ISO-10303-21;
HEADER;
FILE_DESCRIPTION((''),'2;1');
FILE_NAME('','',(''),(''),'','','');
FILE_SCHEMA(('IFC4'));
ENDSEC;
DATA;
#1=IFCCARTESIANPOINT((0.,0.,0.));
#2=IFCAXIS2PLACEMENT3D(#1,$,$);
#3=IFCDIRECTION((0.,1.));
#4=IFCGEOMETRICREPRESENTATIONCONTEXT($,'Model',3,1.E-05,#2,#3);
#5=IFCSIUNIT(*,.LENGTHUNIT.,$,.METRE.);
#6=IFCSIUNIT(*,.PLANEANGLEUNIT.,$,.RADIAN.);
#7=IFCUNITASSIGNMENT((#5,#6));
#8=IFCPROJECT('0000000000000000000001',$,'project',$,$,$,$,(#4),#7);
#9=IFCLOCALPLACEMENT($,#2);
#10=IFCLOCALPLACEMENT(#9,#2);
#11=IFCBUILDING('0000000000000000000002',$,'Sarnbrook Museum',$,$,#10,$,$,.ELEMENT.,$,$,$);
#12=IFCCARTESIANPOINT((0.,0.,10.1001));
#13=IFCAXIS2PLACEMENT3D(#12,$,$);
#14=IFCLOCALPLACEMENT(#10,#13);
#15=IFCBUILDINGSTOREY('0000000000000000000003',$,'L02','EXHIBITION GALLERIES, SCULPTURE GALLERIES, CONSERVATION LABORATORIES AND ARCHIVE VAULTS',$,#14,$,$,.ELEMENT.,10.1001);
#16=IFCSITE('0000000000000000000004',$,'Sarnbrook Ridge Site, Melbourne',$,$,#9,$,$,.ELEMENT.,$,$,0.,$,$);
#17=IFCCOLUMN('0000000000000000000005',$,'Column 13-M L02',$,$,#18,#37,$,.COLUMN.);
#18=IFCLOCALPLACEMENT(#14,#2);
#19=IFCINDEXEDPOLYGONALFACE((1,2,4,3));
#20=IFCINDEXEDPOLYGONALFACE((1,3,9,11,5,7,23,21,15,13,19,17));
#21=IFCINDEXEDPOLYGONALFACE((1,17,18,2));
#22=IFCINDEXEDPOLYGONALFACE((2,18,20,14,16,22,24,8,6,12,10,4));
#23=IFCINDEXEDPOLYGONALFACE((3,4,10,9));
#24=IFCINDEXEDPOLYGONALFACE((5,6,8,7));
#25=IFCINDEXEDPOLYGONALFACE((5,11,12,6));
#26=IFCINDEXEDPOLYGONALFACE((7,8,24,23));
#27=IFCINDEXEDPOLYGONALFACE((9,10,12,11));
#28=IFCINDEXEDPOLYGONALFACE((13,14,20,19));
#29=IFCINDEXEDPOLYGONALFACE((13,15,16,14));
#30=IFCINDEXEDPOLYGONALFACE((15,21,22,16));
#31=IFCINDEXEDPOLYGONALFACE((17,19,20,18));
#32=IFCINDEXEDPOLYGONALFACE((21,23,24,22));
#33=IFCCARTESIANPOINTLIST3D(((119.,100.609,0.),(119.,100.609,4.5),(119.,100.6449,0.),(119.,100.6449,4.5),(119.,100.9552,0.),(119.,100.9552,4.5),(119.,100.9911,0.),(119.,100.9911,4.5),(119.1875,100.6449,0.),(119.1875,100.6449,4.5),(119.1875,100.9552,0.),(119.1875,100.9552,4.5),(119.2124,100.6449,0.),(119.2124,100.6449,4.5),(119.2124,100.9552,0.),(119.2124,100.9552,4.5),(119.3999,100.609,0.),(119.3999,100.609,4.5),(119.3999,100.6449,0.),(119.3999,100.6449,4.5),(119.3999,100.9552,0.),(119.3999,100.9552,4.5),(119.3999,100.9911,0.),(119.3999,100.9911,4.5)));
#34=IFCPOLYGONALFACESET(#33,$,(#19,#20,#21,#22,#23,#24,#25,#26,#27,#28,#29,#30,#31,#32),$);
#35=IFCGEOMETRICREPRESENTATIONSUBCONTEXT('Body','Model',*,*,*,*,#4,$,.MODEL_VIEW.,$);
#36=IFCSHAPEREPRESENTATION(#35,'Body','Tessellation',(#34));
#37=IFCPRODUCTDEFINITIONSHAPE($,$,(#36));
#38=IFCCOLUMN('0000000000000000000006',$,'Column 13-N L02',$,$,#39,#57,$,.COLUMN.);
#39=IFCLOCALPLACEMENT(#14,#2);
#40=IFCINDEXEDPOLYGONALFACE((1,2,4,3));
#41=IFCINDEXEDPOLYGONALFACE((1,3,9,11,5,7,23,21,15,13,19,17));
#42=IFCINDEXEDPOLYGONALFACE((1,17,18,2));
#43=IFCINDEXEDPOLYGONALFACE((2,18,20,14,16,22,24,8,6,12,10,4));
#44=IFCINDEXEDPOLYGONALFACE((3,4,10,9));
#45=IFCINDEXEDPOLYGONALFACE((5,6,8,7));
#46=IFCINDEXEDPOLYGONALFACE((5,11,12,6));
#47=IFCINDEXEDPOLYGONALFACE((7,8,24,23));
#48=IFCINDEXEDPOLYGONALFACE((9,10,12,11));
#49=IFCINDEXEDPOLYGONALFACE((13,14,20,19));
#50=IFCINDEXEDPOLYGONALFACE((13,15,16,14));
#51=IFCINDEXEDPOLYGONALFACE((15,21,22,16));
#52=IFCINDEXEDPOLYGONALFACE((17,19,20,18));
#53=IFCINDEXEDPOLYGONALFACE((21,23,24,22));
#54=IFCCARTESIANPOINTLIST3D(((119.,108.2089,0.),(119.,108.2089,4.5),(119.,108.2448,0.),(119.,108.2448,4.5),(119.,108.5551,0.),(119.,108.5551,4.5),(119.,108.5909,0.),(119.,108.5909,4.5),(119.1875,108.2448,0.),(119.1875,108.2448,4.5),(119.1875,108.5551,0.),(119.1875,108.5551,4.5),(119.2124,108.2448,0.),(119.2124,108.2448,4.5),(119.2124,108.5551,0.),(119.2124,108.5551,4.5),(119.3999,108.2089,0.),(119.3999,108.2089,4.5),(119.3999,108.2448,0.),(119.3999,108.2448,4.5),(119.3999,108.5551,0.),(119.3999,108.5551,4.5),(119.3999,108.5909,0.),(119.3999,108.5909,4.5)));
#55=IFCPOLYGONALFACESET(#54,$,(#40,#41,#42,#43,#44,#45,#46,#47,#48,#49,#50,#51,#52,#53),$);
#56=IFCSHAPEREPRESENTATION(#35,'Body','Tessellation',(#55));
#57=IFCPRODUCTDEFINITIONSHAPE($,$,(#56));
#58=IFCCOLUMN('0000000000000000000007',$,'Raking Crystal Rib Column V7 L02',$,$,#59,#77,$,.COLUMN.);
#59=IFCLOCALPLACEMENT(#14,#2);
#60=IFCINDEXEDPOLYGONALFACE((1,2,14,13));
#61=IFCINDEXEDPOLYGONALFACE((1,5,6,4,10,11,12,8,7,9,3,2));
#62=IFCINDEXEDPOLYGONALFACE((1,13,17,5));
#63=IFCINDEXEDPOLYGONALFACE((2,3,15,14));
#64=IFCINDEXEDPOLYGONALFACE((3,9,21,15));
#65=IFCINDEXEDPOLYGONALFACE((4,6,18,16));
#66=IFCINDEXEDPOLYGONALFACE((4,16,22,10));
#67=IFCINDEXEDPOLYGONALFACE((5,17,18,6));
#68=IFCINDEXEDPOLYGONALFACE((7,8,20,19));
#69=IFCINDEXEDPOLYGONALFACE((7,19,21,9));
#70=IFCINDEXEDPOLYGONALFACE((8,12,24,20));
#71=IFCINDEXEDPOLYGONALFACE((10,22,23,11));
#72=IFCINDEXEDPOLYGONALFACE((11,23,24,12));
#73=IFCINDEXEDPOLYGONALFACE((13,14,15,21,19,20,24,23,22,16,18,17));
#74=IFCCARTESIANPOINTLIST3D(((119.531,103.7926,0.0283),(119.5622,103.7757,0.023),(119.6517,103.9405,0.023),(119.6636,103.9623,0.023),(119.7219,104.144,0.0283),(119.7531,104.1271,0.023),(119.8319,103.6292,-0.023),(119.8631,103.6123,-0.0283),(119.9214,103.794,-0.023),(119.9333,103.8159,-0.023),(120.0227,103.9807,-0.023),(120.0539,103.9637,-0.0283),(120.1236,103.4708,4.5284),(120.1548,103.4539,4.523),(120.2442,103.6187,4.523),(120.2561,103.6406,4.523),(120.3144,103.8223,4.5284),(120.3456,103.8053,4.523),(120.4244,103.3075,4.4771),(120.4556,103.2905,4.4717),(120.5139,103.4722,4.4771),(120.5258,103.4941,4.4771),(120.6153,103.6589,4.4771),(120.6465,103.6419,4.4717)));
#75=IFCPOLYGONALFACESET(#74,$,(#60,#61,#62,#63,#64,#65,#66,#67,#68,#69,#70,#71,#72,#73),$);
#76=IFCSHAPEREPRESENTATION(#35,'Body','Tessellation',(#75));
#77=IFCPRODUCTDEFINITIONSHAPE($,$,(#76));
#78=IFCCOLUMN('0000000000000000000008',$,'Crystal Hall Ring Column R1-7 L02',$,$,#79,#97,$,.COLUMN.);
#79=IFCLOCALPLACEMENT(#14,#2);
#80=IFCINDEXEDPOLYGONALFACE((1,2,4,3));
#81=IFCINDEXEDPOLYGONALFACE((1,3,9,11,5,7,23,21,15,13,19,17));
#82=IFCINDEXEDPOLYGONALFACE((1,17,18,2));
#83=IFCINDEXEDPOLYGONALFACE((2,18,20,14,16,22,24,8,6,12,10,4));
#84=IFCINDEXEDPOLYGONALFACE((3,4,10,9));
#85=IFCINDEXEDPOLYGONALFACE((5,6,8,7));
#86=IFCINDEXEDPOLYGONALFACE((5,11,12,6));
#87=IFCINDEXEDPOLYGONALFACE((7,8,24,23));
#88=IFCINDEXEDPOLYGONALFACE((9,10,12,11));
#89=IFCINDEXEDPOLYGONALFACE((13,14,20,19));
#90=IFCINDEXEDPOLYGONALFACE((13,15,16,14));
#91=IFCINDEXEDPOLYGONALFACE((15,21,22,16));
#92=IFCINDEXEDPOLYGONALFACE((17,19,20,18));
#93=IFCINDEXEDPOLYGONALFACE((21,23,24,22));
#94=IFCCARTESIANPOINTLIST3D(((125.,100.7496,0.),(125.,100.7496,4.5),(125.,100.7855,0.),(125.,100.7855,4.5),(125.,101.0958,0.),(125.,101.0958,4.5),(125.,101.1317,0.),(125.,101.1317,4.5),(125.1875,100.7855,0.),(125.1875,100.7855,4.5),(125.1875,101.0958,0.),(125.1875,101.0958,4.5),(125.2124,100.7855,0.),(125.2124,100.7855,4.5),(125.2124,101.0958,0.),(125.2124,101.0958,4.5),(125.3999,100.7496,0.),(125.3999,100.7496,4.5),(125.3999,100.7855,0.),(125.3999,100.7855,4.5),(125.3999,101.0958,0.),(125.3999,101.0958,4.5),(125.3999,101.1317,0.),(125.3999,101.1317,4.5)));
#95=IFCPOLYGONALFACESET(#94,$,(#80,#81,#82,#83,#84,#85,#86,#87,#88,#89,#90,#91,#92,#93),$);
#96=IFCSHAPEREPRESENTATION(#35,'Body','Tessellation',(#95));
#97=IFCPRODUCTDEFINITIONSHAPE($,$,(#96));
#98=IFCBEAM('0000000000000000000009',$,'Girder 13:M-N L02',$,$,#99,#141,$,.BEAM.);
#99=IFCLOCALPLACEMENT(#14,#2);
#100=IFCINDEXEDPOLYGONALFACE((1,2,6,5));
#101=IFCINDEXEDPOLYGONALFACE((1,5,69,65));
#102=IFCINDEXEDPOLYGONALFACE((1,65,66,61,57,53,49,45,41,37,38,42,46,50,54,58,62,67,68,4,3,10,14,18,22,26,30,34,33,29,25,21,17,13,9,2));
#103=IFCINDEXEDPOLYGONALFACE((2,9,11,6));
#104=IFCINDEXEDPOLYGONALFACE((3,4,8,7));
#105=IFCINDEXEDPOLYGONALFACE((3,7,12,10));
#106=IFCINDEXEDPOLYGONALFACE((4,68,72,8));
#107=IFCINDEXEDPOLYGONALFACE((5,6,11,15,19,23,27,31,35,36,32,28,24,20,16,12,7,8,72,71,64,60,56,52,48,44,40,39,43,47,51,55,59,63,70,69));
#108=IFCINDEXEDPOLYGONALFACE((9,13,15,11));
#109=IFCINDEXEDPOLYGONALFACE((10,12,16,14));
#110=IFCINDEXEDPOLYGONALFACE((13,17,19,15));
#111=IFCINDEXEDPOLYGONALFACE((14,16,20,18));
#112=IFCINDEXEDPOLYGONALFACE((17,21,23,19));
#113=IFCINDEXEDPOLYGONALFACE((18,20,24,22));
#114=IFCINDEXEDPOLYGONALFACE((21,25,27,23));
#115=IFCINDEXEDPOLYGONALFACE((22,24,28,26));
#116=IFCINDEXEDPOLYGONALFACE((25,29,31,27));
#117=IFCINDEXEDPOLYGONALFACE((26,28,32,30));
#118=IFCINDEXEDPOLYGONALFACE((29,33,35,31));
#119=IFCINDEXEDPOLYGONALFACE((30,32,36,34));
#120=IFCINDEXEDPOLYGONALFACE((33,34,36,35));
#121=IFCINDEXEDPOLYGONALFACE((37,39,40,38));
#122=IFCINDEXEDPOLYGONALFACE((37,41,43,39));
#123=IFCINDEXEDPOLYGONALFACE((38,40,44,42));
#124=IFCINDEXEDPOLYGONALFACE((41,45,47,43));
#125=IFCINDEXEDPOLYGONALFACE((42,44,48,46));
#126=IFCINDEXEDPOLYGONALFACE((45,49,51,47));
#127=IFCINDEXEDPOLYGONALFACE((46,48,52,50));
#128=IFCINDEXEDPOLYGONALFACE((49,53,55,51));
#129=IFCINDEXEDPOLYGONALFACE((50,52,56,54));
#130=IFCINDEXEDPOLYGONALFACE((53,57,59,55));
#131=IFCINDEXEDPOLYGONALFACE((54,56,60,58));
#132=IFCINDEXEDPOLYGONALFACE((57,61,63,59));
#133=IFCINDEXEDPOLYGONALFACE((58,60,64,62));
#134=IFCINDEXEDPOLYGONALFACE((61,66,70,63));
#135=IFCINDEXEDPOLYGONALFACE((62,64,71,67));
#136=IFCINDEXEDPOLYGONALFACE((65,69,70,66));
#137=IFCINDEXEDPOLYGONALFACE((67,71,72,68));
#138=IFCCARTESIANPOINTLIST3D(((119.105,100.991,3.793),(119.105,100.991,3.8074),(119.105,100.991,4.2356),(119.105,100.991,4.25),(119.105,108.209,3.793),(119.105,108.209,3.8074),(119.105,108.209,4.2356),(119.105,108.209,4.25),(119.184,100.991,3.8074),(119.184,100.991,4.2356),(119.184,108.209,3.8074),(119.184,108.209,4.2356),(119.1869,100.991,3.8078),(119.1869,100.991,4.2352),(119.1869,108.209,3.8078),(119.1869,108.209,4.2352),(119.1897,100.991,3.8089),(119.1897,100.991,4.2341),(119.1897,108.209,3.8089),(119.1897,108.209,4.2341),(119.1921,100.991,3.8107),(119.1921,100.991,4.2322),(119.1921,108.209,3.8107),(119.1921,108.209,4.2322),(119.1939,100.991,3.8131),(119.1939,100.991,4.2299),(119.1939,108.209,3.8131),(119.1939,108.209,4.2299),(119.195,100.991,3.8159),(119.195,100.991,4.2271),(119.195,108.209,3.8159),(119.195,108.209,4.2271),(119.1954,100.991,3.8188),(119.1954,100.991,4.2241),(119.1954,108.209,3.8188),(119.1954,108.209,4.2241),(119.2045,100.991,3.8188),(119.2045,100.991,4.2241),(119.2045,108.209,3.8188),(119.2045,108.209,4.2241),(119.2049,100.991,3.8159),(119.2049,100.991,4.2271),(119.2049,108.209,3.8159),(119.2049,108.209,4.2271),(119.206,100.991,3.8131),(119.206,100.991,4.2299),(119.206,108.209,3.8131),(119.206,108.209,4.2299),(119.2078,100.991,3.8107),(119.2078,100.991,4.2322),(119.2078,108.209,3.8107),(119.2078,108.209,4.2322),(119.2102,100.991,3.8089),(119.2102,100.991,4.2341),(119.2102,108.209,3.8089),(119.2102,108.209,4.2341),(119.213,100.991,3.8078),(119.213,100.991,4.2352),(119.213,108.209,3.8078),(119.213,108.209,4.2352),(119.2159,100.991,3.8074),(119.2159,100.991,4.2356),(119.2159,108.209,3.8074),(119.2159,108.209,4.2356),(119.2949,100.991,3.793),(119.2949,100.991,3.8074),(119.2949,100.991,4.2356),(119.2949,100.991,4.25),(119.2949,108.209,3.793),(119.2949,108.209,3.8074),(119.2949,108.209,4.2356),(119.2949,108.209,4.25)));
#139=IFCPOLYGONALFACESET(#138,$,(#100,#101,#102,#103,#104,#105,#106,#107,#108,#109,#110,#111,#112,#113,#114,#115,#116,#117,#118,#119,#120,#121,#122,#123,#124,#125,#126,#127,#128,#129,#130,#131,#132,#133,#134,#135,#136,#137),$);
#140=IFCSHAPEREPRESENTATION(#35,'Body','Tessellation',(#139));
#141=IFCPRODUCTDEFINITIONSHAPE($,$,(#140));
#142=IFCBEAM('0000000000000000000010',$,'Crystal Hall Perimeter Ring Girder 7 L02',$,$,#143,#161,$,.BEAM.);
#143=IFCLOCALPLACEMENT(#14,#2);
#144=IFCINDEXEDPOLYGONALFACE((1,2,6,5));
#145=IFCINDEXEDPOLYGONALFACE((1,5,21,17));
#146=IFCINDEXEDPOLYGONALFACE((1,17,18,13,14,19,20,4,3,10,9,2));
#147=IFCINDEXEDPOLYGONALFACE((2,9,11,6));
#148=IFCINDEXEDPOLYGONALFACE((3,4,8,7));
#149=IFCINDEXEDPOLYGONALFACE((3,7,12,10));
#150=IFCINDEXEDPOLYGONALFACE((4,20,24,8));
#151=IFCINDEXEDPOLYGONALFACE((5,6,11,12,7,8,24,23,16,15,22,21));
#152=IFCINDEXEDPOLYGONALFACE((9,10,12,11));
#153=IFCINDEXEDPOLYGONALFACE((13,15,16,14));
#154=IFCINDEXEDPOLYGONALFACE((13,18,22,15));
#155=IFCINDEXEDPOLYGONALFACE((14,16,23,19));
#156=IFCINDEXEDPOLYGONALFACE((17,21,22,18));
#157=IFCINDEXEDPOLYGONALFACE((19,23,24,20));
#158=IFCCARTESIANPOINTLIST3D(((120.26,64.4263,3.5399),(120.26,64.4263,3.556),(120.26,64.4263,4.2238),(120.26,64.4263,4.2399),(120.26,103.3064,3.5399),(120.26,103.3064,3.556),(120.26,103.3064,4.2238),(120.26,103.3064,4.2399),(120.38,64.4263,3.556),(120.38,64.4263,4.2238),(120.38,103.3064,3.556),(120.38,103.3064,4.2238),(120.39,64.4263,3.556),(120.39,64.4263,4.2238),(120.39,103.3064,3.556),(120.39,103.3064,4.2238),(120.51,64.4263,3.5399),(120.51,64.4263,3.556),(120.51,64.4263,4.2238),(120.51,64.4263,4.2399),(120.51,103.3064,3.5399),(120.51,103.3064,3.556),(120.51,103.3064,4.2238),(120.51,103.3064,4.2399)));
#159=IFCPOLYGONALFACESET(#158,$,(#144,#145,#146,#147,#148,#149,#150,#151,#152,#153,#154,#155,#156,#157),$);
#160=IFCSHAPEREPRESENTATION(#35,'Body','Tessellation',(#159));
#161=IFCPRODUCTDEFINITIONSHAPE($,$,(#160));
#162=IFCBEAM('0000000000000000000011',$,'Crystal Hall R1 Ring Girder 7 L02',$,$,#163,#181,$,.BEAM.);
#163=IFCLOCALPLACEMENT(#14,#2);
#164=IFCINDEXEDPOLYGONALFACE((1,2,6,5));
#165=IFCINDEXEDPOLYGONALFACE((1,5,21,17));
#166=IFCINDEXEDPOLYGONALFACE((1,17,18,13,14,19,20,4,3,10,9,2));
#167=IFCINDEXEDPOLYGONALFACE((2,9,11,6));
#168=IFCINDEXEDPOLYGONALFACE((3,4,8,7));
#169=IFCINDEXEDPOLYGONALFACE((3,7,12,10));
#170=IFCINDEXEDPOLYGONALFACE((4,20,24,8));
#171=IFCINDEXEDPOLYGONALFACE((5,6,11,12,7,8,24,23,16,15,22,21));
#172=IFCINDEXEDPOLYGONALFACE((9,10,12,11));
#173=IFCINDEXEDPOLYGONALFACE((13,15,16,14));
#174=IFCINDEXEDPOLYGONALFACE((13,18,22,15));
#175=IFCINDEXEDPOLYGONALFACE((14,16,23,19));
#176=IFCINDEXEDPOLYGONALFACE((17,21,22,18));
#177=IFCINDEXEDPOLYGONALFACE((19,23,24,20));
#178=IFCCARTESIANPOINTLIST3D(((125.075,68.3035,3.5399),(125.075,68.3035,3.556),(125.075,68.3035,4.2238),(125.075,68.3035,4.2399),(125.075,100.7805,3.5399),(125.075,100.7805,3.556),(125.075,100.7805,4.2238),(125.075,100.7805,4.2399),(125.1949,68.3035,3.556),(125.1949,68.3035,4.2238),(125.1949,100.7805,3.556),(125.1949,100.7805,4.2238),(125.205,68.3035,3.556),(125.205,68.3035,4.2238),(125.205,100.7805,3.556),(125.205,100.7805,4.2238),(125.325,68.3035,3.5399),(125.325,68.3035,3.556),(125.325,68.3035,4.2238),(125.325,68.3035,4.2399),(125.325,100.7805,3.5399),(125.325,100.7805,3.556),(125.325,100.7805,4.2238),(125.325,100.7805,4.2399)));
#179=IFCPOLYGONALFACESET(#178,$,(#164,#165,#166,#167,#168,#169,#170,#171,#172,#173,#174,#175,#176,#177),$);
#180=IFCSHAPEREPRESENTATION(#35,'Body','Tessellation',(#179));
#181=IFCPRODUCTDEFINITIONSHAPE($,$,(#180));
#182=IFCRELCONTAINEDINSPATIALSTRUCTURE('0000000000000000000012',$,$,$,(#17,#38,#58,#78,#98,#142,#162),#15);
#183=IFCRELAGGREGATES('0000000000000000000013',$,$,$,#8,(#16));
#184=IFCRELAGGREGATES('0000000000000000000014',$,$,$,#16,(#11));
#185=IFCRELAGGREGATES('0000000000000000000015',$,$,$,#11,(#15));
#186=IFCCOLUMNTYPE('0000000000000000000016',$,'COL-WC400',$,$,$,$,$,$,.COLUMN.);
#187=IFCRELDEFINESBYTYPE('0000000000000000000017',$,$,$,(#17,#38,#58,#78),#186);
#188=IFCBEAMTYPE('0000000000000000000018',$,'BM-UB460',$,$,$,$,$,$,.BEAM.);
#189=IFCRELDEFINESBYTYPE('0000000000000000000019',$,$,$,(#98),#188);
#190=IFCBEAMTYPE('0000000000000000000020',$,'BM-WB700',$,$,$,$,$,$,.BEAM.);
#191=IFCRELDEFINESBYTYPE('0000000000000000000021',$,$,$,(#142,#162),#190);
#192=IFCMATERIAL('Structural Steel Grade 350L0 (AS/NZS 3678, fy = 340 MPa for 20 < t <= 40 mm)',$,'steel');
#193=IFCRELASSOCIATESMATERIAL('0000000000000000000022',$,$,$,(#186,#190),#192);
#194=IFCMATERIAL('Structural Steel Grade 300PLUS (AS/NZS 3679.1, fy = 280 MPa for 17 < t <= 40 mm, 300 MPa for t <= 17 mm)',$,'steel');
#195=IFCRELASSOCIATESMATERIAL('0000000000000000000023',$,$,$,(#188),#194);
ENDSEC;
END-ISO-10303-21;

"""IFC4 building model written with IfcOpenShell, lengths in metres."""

from ifc_helpers import new_model, si_unit, direction, frame, origin, origin_2d, place, context, subcontext, project, spatial, i_section, extrude, material, material_profile, profile_set, type_object, element, save


model = new_model("IFC4")

# Units and contexts
model_context = context("Model", 3, precision=1e-05, world=origin(), true_north=direction((0.0, 1.0)))
body_context = subcontext(model_context, "Body", "Model", "MODEL_VIEW")
ifc_project = project(units=[si_unit("LENGTHUNIT", "METRE"), si_unit("PLANEANGLEUNIT", "RADIAN")], contexts=[model_context])

# Site, building, storey
site_placement = place(None, origin())
site = spatial("IfcSite", under=ifc_project, at=site_placement, Name="Sarnbrook Ridge Site, Melbourne", CompositionType="ELEMENT", RefElevation=0.0)
building_placement = place(site_placement, origin())
building = spatial("IfcBuilding", under=site, at=building_placement, Name="Sarnbrook Museum", CompositionType="ELEMENT")
storey_placement = place(building_placement, frame((0.0, 0.0, 10.1001)))
storey = spatial("IfcBuildingStorey", under=building, at=storey_placement, Name="L02", Description="EXHIBITION GALLERIES, SCULPTURE GALLERIES, CONSERVATION LABORATORIES AND ARCHIVE VAULTS", CompositionType="ELEMENT", Elevation=10.1001)

# Columns
ifc_material_1 = material(Name="Structural Steel Grade 350L0 (AS/NZS 3678, fy = 340 MPa for 20 < t <= 40 mm)", Category="steel")
ifc_material_profile_1 = material_profile(ifc_material_1, i_section(OverallWidth=0.3999, OverallDepth=0.3821, WebThickness=0.0249, FlangeThickness=0.0359, at=origin_2d()), Name="400WC270")
ifc_profile_set_1 = profile_set([ifc_material_profile_1], Name="Structural Steel Grade 350L0 (AS/NZS 3678, fy = 340 MPa for 20 < t <= 40 mm)")
column_type = type_object("IfcColumnType", Name="COL-WC400", PredefinedType="COLUMN", material=ifc_profile_set_1)
for number, where, z_axis, x_axis, name in (
    (1, (119.2, 100.8, 0.0), (0.0, 0.0, 1.0), (1.0, 0.0, 0.0), "Column 13-M L02"),
    (2, (119.2, 108.3999, 0.0), (0.0, 0.0, 1.0), (1.0, 0.0, 0.0), "Column 13-N L02"),
):
    element("IfcColumn", number, at=place(storey_placement, frame(where, z_axis=z_axis, x_axis=x_axis)), inside=storey, type_object=column_type, Name=name, PredefinedType="COLUMN", context=body_context, shape_type="SweptSolid", body=[
        extrude(i_section(OverallWidth=0.3999, OverallDepth=0.3821, WebThickness=0.0249, FlangeThickness=0.0359, at=origin_2d()), origin(), (0.0, 0.0, 1.0), 4.5),
    ])
column_1_placement = place(storey_placement, frame((119.7925, 103.8782, 0.0), z_axis=(0.13022, -0.070717, 0.98896), x_axis=(0.477228, 0.87878, 0.0)))
element("IfcColumn", 3, at=column_1_placement, inside=storey, type_object=column_type, Name="Raking Crystal Rib Column V7 L02", PredefinedType="COLUMN", context=body_context, shape_type="SweptSolid", body=[
    extrude(i_section(OverallWidth=0.3999, OverallDepth=0.3821, WebThickness=0.0249, FlangeThickness=0.0359, at=origin_2d()), origin(), (0.0, 0.0, 1.0), 4.5503),
])
column_2_placement = place(storey_placement, frame((125.2, 100.9407, 0.0), z_axis=(0.0, 0.0, 1.0), x_axis=(1.0, 0.0, 0.0)))
element("IfcColumn", 4, at=column_2_placement, inside=storey, type_object=column_type, Name="Crystal Hall Ring Column R1-7 L02", PredefinedType="COLUMN", context=body_context, shape_type="SweptSolid", body=[
    extrude(i_section(OverallWidth=0.3999, OverallDepth=0.3821, WebThickness=0.0249, FlangeThickness=0.0359, at=origin_2d()), origin(), (0.0, 0.0, 1.0), 4.5),
])

# Beams
ifc_material_2 = material(Name="Structural Steel Grade 300PLUS (AS/NZS 3679.1, fy = 280 MPa for 17 < t <= 40 mm, 300 MPa for t <= 17 mm)", Category="steel")
ifc_material_profile_2 = material_profile(ifc_material_2, i_section(OverallWidth=0.1899, OverallDepth=0.457, WebThickness=0.009, FlangeThickness=0.0144, FilletRadius=0.0115, at=origin_2d()), Name="460UB74.6")
ifc_profile_set_2 = profile_set([ifc_material_profile_2], Name="Structural Steel Grade 300PLUS (AS/NZS 3679.1, fy = 280 MPa for 17 < t <= 40 mm, 300 MPa for t <= 17 mm)")
beam_type_1 = type_object("IfcBeamType", Name="BM-UB460", PredefinedType="BEAM", material=ifc_profile_set_2)
beam_1_placement = place(storey_placement, frame((119.2, 100.991, 4.0215), z_axis=(0.0, 1.0, 0.0), x_axis=(-1.0, 0.0, 0.0)))
element("IfcBeam", 5, at=beam_1_placement, inside=storey, type_object=beam_type_1, Name="Girder 13:M-N L02", PredefinedType="BEAM", context=body_context, shape_type="SweptSolid", body=[
    extrude(i_section(OverallWidth=0.1899, OverallDepth=0.457, WebThickness=0.009, FlangeThickness=0.0144, FilletRadius=0.0115, at=origin_2d()), origin(), (0.0, 0.0, 1.0), 7.218),
])
ifc_material_profile_3 = material_profile(ifc_material_1, i_section(OverallWidth=0.25, OverallDepth=0.7, WebThickness=0.01, FlangeThickness=0.0161, at=origin_2d()), Name="700WB130")
ifc_profile_set_3 = profile_set([ifc_material_profile_3], Name="Structural Steel Grade 350L0 (AS/NZS 3678, fy = 340 MPa for 20 < t <= 40 mm)")
beam_type_2 = type_object("IfcBeamType", Name="BM-WB700", PredefinedType="BEAM", material=ifc_profile_set_3)
beam_2_placement = place(storey_placement, frame((120.385, 103.3064, 3.8899), z_axis=(0.0, -1.0, 0.0), x_axis=(1.0, 0.0, 0.0)))
element("IfcBeam", 6, at=beam_2_placement, inside=storey, type_object=beam_type_2, Name="Crystal Hall Perimeter Ring Girder 7 L02", PredefinedType="BEAM", context=body_context, shape_type="SweptSolid", body=[
    extrude(i_section(OverallWidth=0.25, OverallDepth=0.7, WebThickness=0.01, FlangeThickness=0.0161, at=origin_2d()), origin(), (0.0, 0.0, 1.0), 38.8801),
])
beam_3_placement = place(storey_placement, frame((125.2, 100.7805, 3.8899), z_axis=(0.0, -1.0, 0.0), x_axis=(1.0, 0.0, 0.0)))
element("IfcBeam", 7, at=beam_3_placement, inside=storey, type_object=beam_type_2, Name="Crystal Hall R1 Ring Girder 7 L02", PredefinedType="BEAM", context=body_context, shape_type="SweptSolid", body=[
    extrude(i_section(OverallWidth=0.25, OverallDepth=0.7, WebThickness=0.01, FlangeThickness=0.0161, at=origin_2d()), origin(), (0.0, 0.0, 1.0), 32.4771),
])

save(model, "model.ifc")
